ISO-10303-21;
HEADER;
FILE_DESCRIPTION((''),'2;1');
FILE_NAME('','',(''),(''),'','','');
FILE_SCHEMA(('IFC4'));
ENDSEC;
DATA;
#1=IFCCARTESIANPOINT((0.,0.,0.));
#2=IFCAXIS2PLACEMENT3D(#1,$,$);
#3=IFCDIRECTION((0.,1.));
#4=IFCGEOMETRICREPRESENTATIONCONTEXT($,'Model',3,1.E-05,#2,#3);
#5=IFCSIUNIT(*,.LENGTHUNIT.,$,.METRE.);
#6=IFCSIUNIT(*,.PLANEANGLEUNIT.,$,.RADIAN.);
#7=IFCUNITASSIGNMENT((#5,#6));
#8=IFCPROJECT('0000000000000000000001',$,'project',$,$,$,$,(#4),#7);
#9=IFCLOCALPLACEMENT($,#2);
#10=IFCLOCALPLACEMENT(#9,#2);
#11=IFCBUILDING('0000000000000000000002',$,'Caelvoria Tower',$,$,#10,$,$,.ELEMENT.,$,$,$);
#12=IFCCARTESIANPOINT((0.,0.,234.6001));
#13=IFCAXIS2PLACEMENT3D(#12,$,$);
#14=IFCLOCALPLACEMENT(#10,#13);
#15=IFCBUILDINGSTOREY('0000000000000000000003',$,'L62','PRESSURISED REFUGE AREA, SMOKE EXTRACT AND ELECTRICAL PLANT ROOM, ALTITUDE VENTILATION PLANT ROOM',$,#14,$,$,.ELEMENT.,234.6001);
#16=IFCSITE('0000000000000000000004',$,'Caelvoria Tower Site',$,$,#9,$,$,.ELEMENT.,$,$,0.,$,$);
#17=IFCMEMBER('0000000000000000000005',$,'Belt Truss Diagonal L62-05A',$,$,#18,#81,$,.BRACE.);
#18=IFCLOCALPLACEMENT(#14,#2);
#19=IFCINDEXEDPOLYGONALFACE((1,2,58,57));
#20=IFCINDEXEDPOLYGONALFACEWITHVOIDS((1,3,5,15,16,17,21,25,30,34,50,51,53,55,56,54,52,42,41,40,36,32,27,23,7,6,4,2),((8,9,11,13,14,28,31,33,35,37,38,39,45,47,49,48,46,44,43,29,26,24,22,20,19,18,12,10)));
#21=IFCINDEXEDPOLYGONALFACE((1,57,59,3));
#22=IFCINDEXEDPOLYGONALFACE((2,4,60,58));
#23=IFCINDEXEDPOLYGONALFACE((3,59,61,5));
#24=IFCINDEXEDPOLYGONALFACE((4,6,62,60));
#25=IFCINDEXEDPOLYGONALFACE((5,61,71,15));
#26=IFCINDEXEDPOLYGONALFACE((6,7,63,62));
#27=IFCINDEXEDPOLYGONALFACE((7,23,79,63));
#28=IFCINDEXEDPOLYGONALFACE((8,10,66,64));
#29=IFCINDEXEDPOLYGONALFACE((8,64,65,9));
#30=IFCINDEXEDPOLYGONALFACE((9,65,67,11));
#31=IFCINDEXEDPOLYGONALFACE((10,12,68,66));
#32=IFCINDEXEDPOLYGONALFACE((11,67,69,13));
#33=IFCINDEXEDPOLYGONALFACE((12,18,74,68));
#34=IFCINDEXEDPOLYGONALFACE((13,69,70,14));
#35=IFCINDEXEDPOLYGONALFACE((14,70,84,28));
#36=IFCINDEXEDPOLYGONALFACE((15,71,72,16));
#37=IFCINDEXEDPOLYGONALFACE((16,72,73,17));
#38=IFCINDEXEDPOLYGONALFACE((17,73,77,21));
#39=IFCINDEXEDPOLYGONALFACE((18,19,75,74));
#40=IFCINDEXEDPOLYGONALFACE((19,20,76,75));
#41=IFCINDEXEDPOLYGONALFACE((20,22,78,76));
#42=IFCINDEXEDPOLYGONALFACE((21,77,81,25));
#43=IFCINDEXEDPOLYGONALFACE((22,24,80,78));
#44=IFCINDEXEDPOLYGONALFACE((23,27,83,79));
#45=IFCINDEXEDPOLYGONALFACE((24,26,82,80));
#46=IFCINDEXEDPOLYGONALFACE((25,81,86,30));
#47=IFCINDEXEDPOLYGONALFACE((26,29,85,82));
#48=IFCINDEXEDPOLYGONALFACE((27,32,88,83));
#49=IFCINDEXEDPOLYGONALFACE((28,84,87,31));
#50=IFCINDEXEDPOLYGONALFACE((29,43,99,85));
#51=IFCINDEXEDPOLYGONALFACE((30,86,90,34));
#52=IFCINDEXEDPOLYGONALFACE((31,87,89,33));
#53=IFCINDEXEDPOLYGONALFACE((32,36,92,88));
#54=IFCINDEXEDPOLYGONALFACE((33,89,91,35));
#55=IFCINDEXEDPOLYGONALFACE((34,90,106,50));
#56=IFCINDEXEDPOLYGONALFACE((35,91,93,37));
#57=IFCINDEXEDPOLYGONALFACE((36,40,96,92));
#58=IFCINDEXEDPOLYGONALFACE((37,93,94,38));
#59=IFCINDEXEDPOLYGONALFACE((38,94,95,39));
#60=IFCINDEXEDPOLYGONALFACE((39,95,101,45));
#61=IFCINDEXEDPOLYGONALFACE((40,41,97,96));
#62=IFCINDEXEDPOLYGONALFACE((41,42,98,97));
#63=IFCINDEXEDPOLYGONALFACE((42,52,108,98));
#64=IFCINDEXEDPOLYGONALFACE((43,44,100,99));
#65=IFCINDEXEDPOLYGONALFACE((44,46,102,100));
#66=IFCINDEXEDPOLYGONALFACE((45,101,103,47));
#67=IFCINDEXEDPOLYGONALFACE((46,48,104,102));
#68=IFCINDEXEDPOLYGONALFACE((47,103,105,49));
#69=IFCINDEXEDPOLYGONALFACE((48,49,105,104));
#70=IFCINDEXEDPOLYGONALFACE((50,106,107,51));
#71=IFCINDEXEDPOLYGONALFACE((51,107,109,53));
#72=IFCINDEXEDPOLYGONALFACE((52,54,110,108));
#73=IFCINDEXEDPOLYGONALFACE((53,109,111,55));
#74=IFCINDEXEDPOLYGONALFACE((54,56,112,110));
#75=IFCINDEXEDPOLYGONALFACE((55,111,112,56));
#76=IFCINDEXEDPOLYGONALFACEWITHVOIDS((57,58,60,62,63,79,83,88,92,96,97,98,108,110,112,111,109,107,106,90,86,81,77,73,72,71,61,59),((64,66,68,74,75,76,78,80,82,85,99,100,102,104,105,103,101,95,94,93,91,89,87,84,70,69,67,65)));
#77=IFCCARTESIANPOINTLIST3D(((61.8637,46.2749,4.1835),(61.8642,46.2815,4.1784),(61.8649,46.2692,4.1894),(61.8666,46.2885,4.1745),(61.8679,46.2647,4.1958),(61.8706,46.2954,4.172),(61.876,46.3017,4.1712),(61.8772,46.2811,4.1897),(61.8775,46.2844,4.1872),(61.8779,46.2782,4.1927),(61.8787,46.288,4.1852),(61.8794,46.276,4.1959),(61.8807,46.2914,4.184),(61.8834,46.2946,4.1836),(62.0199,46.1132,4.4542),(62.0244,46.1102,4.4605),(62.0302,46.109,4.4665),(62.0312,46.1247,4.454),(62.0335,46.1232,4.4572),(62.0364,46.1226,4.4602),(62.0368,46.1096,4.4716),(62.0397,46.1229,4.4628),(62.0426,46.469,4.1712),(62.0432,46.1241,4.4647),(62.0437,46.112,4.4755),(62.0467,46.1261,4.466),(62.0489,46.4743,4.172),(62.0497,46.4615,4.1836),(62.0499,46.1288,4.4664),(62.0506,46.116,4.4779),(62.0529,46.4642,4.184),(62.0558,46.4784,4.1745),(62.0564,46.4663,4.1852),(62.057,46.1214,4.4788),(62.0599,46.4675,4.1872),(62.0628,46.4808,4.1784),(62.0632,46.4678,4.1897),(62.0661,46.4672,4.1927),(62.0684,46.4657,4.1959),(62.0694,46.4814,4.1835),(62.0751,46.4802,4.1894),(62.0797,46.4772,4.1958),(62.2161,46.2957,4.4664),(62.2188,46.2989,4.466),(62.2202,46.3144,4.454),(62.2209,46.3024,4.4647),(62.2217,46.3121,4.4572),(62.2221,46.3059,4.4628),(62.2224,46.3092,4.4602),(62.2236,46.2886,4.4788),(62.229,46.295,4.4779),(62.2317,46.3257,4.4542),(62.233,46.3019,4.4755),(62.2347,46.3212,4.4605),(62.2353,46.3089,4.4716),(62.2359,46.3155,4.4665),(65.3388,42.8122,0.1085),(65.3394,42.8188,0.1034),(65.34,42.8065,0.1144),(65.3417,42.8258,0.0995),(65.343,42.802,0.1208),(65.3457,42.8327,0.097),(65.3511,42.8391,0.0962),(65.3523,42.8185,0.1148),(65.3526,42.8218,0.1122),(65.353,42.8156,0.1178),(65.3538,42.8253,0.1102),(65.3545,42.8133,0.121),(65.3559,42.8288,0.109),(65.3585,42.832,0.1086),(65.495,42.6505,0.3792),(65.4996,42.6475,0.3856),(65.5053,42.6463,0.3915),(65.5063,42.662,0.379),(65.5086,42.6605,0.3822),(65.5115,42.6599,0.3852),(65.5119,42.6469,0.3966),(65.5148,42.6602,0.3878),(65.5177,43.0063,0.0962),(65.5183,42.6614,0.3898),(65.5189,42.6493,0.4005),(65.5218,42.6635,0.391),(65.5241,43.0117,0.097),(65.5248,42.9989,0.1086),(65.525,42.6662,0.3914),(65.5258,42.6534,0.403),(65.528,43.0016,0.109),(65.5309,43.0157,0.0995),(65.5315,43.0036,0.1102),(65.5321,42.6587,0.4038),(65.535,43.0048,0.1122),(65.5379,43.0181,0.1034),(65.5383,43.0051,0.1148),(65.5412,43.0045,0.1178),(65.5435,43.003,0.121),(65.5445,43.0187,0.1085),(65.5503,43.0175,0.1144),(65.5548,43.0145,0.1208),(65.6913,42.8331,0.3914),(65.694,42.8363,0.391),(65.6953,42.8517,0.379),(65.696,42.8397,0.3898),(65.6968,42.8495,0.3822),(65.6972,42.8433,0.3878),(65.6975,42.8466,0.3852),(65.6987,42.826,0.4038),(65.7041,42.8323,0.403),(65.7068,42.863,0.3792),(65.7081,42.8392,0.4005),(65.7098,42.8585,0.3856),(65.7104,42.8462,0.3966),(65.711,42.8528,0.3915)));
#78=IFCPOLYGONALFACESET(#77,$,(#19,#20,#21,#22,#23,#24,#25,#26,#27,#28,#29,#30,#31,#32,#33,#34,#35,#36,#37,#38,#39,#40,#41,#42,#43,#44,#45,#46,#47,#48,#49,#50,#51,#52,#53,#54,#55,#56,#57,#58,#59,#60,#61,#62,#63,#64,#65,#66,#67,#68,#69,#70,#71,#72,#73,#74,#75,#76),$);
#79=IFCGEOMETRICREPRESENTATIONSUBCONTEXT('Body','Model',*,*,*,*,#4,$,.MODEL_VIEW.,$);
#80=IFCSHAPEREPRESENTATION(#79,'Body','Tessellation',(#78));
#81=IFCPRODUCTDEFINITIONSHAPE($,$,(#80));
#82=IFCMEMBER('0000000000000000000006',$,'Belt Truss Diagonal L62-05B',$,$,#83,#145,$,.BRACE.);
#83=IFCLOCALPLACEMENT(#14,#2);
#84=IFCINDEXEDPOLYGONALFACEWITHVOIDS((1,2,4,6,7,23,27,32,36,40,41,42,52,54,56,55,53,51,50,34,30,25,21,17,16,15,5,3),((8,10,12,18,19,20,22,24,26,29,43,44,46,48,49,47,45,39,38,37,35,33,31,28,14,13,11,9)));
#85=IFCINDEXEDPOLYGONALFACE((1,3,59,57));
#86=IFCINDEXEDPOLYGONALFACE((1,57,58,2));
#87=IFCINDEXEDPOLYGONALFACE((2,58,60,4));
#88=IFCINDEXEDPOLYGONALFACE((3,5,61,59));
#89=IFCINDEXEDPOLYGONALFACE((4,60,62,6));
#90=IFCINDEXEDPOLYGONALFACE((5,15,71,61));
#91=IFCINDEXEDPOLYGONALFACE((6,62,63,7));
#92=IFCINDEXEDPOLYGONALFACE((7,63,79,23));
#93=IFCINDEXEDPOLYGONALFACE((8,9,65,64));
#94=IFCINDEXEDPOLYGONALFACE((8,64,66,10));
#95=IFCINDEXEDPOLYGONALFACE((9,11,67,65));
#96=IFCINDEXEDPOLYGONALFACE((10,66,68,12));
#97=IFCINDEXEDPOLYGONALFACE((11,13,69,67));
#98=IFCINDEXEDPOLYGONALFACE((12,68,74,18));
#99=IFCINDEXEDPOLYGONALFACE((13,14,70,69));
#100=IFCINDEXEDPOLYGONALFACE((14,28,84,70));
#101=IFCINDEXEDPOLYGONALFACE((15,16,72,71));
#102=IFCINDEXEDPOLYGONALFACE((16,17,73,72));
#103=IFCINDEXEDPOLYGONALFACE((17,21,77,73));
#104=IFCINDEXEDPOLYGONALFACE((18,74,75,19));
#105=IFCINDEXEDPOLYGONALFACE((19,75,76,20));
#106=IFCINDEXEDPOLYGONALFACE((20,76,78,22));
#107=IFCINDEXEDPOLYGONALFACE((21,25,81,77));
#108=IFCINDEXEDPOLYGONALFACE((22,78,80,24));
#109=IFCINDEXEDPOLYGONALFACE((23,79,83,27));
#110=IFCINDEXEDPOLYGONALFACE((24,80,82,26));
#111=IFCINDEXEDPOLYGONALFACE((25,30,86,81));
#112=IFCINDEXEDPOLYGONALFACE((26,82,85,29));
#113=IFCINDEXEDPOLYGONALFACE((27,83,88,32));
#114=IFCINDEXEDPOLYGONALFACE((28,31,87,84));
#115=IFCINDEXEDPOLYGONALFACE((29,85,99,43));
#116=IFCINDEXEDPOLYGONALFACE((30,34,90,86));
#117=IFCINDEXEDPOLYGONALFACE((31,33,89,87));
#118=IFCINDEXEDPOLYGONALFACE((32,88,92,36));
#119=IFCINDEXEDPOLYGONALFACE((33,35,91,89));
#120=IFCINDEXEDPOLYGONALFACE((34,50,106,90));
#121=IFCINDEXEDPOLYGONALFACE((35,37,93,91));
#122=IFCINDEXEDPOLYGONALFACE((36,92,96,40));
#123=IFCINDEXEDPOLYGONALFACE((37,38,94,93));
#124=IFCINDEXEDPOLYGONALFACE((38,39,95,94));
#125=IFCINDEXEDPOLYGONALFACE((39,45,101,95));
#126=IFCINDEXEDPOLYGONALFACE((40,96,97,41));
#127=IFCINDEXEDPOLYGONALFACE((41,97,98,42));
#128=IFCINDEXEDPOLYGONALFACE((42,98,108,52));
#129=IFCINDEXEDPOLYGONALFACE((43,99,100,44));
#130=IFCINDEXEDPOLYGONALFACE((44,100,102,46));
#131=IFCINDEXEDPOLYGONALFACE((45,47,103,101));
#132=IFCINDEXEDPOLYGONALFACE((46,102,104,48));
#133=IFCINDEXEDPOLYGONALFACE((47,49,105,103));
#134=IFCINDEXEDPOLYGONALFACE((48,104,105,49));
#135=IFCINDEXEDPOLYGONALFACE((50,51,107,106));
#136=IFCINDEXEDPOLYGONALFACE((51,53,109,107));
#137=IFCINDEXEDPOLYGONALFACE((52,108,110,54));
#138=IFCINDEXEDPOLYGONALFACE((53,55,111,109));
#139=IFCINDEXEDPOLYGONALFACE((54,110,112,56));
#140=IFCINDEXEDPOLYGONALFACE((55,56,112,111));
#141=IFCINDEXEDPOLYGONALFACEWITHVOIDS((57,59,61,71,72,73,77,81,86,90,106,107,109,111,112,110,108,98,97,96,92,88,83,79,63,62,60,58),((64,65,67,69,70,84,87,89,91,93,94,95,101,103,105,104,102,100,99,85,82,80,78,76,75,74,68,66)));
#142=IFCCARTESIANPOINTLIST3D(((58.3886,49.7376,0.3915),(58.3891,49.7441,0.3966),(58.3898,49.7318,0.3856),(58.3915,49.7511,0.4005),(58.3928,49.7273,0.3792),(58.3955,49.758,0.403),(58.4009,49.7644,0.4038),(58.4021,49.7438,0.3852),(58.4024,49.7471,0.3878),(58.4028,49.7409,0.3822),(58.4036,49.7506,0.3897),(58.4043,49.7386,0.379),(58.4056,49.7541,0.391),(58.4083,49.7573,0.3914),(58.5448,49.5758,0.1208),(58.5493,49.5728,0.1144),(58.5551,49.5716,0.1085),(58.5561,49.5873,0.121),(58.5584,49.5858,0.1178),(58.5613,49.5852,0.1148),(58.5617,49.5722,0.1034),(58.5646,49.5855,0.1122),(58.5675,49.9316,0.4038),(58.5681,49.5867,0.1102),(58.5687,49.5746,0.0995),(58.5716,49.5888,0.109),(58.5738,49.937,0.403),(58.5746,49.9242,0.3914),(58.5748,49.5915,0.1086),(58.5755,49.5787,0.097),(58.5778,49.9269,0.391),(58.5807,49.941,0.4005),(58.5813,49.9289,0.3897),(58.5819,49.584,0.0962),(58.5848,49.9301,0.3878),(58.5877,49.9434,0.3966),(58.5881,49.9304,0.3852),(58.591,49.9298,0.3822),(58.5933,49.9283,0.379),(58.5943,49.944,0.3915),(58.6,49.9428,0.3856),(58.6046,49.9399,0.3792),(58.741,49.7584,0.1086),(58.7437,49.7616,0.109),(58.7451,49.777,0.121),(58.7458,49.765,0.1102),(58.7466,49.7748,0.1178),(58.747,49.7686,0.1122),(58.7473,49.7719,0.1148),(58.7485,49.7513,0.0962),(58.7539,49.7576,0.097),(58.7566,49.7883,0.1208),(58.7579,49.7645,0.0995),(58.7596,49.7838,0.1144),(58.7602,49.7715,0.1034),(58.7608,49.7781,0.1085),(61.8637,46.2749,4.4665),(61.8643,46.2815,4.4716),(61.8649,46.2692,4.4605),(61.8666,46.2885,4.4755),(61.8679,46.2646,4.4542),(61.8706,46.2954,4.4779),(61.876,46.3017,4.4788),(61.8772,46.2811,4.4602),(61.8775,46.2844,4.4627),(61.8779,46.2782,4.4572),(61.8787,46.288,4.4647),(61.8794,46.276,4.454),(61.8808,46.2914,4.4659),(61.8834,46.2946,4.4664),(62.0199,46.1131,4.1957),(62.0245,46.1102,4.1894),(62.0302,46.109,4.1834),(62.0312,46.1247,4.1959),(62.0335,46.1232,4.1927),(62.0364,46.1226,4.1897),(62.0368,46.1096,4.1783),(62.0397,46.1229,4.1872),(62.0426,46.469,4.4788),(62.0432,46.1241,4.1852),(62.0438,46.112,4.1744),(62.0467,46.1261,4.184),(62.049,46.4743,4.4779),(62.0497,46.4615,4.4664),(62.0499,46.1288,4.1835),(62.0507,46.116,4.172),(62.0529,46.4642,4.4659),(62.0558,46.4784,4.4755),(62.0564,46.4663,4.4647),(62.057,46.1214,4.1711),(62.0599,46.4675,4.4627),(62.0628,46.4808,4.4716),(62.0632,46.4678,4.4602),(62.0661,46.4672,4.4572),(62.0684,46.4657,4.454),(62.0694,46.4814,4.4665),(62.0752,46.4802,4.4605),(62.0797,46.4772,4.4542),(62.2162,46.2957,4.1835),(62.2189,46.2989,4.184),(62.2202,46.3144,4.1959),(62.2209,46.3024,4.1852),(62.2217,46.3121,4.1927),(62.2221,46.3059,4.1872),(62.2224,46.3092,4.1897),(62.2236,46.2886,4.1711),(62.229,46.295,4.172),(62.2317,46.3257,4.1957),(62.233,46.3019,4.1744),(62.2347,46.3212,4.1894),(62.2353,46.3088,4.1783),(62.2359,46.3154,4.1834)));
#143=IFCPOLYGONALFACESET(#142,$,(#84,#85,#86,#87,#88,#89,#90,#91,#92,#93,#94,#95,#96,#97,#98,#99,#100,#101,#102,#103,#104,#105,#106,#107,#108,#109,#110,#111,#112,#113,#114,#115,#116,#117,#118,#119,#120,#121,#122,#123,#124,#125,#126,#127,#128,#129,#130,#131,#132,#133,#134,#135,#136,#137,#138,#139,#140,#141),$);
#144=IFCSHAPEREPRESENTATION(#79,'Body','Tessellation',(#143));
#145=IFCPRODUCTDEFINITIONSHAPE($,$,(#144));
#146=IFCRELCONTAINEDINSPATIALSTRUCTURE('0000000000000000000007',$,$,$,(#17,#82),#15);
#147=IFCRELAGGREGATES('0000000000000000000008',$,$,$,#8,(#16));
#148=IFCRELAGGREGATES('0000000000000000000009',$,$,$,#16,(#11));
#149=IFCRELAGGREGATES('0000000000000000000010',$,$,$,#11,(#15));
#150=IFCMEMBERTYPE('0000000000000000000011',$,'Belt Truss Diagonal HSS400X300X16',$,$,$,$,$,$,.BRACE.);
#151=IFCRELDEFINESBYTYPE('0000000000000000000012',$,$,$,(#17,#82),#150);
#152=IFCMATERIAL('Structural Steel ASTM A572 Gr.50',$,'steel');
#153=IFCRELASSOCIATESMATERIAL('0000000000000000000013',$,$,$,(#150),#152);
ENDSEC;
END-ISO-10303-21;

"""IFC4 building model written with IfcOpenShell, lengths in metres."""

from ifc_helpers import new_model, si_unit, direction, frame, origin, origin_2d, place, context, subcontext, project, spatial, hollow_rectangle, extrude, material, material_profile, profile_set, type_object, element, save


model = new_model("IFC4")

# Units and contexts
model_context = context("Model", 3, precision=1e-05, world=origin(), true_north=direction((0.0, 1.0)))
body_context = subcontext(model_context, "Body", "Model", "MODEL_VIEW")
ifc_project = project(units=[si_unit("LENGTHUNIT", "METRE"), si_unit("PLANEANGLEUNIT", "RADIAN")], contexts=[model_context])

# Site, building, storey
site_placement = place(None, origin())
site = spatial("IfcSite", under=ifc_project, at=site_placement, Name="Caelvoria Tower Site", CompositionType="ELEMENT", RefElevation=0.0)
building_placement = place(site_placement, origin())
building = spatial("IfcBuilding", under=site, at=building_placement, Name="Caelvoria Tower", CompositionType="ELEMENT")
storey_placement = place(building_placement, frame((0.0, 0.0, 234.6001)))
storey = spatial("IfcBuildingStorey", under=building, at=storey_placement, Name="L62", Description="PRESSURISED REFUGE AREA, SMOKE EXTRACT AND ELECTRICAL PLANT ROOM, ALTITUDE VENTILATION PLANT ROOM", CompositionType="ELEMENT", Elevation=234.6001)

# Shared definitions
ifc_material_1 = material(Name="Structural Steel ASTM A572 Gr.50", Category="steel")

# Members
ifc_material_profile_1 = material_profile(ifc_material_1, hollow_rectangle(XDim=0.3, YDim=0.3999, WallThickness=0.0161, InnerFilletRadius=0.0161, OuterFilletRadius=0.032, at=origin_2d()), Name="Structural Steel ASTM A572 Gr.50")
ifc_profile_set_1 = profile_set([ifc_material_profile_1], Name="HSS400X300X16 - Structural Steel ASTM A572 Gr.50")
member_type_1 = type_object("IfcMemberType", Name="Belt Truss Diagonal HSS400X300X16", PredefinedType="BRACE", material=ifc_profile_set_1)
for number, where, z_axis, x_axis, name in (
    (1, (65.5249, 42.8325, 0.25), (-0.544907, 0.542954, 0.638966), (-0.705837, -0.708375, 0.0), "Belt Truss Diagonal L62-05A"),
    (2, (62.0498, 46.2952, 4.325), (-0.544907, 0.542954, -0.638966), (-0.705837, -0.708375, 0.0), "Belt Truss Diagonal L62-05B"),
):
    element("IfcMember", number, at=place(storey_placement, frame(where, z_axis=z_axis, x_axis=x_axis)), inside=storey, type_object=member_type_1, Name=name, PredefinedType="BRACE", context=body_context, shape_type="SweptSolid", body=[
        extrude(hollow_rectangle(XDim=0.3, YDim=0.3999, WallThickness=0.0161, InnerFilletRadius=0.0161, OuterFilletRadius=0.032, at=origin_2d()), origin(), (0.0, 0.0, 1.0), 6.3774),
    ])

save(model, "model.ifc")
